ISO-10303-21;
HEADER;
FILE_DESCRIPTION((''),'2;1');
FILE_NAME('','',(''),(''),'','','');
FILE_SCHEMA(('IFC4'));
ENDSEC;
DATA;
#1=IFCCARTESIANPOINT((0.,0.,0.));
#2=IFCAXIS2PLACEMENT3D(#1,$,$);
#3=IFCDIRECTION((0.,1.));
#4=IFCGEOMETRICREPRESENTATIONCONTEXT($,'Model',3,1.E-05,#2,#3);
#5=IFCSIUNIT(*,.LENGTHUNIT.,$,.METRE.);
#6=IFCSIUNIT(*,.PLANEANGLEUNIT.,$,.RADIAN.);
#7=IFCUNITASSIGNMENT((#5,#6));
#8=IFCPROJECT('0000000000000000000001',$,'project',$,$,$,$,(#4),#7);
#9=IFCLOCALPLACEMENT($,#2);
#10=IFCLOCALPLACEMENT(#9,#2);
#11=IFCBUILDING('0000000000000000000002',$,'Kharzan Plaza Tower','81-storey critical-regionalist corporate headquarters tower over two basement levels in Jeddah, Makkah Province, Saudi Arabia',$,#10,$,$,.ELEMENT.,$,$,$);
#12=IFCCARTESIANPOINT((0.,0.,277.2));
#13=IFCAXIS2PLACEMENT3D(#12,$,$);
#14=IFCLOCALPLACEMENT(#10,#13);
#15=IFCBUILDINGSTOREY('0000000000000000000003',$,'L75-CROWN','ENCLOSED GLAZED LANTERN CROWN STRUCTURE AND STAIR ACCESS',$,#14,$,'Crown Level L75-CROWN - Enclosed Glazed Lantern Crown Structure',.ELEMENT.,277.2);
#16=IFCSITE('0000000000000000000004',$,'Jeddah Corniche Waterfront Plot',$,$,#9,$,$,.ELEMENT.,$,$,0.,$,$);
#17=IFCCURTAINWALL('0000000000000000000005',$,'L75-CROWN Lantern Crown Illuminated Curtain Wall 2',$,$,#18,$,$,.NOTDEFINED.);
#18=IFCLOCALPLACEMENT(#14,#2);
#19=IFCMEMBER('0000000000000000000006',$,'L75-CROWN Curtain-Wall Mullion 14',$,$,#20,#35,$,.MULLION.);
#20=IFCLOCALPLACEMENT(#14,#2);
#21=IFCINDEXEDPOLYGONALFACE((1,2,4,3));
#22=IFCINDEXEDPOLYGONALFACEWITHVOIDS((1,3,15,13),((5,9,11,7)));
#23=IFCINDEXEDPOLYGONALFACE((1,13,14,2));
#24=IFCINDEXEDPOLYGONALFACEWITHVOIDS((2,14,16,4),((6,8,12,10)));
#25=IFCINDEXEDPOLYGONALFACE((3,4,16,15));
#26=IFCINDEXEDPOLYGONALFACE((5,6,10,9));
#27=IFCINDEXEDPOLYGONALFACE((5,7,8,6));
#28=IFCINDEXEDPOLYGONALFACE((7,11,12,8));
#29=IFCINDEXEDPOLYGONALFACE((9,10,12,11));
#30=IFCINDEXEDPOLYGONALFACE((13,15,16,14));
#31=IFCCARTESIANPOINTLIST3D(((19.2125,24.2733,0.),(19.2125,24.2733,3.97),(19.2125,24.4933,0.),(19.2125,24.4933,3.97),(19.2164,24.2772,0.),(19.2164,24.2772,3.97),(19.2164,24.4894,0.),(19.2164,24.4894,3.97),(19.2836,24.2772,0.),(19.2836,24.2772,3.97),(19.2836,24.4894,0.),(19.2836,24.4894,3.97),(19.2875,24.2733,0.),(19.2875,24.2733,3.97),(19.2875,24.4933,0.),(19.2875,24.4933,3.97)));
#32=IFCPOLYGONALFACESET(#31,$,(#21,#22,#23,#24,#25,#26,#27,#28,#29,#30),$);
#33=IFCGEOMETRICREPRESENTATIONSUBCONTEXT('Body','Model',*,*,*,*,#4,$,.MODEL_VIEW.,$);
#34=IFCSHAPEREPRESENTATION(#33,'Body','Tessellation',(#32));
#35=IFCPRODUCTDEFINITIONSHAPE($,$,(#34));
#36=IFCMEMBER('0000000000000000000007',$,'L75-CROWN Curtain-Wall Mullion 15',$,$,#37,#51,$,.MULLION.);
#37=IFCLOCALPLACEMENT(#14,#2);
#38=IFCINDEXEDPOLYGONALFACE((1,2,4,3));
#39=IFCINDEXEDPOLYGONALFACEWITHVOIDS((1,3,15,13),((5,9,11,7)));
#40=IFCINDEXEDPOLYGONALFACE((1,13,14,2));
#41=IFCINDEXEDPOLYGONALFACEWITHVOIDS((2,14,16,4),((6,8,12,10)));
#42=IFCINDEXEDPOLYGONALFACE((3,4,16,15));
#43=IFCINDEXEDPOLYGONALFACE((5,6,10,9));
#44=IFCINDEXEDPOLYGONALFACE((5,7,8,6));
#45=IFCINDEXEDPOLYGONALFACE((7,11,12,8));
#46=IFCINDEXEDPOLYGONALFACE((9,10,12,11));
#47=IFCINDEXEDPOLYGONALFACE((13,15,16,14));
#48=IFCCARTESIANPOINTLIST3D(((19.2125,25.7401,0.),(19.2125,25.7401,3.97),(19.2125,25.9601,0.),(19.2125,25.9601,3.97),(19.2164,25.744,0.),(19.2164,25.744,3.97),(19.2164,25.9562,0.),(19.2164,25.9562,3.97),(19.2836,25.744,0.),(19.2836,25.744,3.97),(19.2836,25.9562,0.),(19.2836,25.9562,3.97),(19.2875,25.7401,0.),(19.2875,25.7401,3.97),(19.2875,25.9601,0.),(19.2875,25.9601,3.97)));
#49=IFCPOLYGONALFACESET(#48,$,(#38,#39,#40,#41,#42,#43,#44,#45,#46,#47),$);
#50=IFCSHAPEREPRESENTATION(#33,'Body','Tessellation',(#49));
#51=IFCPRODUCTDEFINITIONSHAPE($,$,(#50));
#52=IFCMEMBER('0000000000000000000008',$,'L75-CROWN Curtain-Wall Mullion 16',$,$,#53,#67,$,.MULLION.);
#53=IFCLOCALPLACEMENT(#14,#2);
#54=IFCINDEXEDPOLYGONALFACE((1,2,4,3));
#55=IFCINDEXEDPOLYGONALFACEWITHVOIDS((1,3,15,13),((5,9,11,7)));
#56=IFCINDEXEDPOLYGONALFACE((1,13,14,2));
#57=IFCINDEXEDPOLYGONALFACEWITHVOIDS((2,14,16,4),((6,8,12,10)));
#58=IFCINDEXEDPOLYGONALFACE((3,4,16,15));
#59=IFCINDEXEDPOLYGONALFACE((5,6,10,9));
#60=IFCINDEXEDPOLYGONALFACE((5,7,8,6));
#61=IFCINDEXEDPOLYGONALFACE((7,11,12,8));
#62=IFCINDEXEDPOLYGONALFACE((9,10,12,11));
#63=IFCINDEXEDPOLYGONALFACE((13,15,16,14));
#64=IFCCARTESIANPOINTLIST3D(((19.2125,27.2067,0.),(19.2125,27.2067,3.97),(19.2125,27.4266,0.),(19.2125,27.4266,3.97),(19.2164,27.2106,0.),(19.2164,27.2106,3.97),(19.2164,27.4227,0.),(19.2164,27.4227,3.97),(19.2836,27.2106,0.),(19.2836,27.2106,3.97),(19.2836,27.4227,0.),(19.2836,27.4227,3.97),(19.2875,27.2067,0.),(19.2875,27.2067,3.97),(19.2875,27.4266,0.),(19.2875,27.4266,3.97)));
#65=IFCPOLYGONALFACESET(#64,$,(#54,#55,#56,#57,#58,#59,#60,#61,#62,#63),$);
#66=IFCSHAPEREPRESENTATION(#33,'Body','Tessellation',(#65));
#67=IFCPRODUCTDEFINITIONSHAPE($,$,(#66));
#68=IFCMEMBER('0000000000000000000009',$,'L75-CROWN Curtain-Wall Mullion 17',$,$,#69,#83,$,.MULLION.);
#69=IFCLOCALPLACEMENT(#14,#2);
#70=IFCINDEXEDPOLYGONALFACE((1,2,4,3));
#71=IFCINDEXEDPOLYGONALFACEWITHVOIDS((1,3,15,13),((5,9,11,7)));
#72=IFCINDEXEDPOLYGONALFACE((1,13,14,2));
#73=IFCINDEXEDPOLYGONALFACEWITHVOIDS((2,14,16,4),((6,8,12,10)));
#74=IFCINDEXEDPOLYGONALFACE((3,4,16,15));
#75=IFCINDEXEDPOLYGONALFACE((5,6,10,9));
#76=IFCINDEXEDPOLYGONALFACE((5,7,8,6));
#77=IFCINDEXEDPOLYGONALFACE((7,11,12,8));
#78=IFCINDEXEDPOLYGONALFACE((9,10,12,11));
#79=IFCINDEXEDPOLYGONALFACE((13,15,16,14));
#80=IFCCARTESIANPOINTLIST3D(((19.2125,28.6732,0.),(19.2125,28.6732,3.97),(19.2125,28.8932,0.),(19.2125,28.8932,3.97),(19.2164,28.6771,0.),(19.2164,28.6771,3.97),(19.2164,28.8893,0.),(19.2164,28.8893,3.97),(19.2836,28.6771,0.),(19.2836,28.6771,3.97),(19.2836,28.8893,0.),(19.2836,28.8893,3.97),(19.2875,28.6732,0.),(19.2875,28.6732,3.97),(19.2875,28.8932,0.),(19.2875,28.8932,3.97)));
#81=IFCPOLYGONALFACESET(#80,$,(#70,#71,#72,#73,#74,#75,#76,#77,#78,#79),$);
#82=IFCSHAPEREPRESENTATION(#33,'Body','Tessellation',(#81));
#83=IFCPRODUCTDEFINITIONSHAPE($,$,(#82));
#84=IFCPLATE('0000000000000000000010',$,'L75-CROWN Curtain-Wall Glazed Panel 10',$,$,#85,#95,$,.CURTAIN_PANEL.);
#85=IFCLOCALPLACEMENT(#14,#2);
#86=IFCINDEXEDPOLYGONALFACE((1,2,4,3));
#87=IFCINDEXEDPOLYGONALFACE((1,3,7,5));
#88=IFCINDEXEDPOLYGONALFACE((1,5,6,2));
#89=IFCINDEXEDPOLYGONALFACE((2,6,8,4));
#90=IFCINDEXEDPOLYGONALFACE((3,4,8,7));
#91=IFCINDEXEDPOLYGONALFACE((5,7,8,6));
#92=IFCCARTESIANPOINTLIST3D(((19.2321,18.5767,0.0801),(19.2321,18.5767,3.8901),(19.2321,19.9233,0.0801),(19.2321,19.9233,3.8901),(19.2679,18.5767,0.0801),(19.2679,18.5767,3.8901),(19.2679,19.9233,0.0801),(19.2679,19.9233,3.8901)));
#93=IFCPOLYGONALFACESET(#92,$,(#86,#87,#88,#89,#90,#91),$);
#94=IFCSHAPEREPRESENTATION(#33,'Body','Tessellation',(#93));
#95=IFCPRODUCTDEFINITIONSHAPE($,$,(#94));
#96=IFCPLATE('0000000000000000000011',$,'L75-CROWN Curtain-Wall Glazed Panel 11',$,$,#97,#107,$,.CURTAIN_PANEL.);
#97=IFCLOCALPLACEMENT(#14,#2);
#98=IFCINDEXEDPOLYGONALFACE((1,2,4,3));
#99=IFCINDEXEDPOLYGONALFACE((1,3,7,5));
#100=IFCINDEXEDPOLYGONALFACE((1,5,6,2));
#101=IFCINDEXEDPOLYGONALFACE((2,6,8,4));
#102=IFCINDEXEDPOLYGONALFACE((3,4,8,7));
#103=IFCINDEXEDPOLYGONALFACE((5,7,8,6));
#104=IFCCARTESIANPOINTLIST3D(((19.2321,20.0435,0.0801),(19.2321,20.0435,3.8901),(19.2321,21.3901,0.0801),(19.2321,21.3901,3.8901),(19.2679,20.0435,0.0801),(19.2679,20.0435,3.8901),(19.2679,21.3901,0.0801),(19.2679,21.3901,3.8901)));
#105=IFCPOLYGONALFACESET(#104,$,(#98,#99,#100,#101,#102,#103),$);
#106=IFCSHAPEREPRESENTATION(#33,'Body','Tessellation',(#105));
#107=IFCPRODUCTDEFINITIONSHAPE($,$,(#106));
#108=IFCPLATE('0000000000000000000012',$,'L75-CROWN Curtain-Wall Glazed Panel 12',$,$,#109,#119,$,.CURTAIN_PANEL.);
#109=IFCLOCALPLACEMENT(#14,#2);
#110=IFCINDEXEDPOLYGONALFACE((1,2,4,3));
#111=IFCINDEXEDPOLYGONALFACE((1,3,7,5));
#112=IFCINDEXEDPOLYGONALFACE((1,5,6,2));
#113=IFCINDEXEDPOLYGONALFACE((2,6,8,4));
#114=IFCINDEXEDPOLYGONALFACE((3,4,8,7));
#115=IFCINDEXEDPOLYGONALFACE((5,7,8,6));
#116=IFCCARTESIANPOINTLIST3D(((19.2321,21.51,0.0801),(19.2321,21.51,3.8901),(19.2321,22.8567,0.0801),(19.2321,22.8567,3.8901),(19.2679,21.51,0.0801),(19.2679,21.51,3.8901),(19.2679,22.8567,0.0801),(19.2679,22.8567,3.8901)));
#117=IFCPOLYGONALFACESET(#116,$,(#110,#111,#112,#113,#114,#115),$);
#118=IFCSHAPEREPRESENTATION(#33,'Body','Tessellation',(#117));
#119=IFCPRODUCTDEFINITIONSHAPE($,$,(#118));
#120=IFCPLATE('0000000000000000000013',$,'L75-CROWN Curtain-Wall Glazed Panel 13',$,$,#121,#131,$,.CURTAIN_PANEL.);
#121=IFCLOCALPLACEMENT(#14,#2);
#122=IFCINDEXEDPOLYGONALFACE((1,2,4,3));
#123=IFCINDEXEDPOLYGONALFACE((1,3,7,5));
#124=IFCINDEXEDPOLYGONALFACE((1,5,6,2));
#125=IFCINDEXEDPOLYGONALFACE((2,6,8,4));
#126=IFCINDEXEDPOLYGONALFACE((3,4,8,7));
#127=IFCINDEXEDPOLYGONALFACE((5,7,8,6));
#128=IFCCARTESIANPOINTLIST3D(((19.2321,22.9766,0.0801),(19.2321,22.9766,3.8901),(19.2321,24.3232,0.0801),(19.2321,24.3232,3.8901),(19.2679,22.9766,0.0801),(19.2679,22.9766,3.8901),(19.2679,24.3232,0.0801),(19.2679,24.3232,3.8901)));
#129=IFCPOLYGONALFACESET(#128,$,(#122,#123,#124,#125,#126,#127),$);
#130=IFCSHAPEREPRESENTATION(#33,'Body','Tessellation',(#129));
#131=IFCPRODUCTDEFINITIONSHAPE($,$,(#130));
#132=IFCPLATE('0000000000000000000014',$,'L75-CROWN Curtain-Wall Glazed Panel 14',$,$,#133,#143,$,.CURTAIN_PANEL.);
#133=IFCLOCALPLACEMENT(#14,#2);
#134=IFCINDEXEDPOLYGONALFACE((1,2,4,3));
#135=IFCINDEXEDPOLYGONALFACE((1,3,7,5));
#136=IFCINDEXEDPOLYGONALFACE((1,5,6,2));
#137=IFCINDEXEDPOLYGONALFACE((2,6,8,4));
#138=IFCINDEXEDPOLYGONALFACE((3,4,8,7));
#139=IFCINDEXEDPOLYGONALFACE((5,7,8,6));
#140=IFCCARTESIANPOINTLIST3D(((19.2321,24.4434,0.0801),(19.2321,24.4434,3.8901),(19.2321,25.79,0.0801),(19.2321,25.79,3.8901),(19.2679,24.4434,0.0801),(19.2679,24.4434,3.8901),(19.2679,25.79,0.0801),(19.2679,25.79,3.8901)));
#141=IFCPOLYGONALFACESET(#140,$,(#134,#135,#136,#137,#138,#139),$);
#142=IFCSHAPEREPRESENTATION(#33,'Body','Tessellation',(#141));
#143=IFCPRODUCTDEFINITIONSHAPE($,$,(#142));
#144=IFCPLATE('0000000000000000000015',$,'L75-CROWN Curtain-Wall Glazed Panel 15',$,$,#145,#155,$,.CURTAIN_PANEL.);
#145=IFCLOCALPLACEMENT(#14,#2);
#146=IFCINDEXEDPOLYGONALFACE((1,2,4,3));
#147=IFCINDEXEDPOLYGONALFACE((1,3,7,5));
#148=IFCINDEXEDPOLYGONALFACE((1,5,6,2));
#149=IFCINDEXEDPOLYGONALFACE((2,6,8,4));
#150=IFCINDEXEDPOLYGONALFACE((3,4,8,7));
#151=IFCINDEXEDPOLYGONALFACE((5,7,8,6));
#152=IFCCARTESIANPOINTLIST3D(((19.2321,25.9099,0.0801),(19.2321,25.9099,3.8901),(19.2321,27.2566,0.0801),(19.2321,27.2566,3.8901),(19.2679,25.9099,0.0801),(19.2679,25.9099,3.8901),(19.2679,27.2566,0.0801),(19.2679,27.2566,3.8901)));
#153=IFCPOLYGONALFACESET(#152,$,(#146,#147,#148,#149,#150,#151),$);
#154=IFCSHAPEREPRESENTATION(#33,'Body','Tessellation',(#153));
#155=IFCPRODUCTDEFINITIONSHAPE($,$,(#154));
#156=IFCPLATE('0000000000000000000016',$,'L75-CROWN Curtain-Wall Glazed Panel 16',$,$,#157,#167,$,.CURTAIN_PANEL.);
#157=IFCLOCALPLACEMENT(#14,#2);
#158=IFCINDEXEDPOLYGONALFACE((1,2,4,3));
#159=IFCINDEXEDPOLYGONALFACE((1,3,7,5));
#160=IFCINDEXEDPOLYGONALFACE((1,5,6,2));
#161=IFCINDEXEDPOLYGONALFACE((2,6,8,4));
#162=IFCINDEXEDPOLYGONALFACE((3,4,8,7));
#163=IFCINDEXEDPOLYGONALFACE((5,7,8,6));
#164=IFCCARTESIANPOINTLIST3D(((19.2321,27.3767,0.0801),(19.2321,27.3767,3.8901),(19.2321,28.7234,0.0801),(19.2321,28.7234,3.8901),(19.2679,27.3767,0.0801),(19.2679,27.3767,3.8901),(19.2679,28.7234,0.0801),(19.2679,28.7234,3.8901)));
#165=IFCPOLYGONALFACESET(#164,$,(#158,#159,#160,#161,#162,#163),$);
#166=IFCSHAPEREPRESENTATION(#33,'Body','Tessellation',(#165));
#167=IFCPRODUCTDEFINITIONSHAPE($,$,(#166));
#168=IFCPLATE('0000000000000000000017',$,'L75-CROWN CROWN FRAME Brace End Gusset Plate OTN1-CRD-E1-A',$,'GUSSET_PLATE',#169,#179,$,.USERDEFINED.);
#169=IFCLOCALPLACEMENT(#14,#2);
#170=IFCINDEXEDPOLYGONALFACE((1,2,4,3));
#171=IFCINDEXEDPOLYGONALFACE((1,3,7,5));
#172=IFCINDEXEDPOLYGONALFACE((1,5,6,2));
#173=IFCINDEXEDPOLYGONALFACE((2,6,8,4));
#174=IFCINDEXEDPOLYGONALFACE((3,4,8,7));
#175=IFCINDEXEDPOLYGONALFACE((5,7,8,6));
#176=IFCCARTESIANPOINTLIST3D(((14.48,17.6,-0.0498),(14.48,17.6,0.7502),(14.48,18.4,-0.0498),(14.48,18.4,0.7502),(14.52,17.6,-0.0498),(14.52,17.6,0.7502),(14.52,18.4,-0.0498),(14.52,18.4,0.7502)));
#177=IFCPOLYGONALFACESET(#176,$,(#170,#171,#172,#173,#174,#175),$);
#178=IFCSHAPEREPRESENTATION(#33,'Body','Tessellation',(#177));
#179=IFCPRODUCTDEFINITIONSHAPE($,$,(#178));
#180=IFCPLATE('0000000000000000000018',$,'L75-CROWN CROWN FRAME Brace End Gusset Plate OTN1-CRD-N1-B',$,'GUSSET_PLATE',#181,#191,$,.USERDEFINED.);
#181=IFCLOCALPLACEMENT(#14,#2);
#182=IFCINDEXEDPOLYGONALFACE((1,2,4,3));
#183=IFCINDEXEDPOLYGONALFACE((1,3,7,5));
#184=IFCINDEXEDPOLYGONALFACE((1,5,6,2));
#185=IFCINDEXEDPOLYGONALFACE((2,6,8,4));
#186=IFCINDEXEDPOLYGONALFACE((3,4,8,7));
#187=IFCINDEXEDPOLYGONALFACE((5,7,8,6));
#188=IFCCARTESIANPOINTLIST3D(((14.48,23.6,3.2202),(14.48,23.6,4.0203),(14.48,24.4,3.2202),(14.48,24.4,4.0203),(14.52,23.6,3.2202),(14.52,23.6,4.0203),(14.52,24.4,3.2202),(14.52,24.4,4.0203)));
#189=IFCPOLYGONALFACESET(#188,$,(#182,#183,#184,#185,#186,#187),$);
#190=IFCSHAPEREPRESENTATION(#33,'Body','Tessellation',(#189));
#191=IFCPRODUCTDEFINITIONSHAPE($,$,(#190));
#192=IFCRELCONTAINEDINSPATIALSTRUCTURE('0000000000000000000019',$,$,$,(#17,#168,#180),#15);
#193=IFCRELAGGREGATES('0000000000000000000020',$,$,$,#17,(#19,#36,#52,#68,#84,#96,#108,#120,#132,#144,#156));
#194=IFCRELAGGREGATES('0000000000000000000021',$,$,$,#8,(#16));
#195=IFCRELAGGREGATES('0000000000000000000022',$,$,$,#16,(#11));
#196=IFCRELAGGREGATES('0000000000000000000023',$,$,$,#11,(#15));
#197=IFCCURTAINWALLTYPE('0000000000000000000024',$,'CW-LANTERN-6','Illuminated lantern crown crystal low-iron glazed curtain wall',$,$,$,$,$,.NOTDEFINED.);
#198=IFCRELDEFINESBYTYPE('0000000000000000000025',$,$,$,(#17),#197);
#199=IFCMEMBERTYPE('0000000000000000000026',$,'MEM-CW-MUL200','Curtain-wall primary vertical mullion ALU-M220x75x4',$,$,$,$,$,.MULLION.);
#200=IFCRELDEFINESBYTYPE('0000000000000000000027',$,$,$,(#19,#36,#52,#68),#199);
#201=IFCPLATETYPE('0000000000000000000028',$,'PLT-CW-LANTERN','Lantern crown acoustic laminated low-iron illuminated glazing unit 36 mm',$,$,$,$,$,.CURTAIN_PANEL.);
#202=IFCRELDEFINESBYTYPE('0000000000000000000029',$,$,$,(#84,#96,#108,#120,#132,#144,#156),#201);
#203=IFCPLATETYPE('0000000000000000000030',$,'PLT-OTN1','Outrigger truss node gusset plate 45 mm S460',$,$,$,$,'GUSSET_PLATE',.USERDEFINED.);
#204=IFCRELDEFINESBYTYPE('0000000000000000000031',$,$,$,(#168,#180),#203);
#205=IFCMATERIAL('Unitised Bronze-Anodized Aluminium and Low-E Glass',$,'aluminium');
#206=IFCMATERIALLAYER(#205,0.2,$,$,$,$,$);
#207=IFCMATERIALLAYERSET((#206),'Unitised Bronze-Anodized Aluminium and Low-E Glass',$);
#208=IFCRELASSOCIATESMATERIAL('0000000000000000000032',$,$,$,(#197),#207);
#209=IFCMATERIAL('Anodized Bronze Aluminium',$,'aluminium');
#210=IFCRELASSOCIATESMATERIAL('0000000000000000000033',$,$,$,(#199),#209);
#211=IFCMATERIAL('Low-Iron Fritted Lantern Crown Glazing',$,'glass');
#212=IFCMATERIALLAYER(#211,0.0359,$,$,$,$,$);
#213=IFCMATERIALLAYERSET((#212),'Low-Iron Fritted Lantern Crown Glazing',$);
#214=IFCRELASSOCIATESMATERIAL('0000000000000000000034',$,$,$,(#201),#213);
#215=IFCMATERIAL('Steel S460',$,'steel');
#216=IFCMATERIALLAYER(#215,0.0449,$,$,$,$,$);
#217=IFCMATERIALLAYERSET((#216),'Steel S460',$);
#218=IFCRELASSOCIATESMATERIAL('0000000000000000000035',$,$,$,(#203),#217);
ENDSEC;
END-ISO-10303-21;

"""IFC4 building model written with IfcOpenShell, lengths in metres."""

from ifc_helpers import new_model, si_unit, direction, frame, origin, origin_2d, place, context, subcontext, project, spatial, rectangle, hollow_rectangle, extrude, source, transform, mapped, material, layer, layer_set, material_profile, profile_set, type_object, element, aggregate, save


model = new_model("IFC4")

# Units and contexts
model_context = context("Model", 3, precision=1e-05, world=origin(), true_north=direction((0.0, 1.0)))
body_context = subcontext(model_context, "Body", "Model", "MODEL_VIEW")
ifc_project = project(units=[si_unit("LENGTHUNIT", "METRE"), si_unit("PLANEANGLEUNIT", "RADIAN")], contexts=[model_context])

# Site, building, storey
site_placement = place(None, origin())
site = spatial("IfcSite", under=ifc_project, at=site_placement, Name="Jeddah Corniche Waterfront Plot", CompositionType="ELEMENT", RefElevation=0.0)
building_placement = place(site_placement, origin())
building = spatial("IfcBuilding", under=site, at=building_placement, Name="Kharzan Plaza Tower", Description="81-storey critical-regionalist corporate headquarters tower over two basement levels in Jeddah, Makkah Province, Saudi Arabia", CompositionType="ELEMENT")
storey_placement = place(building_placement, frame((0.0, 0.0, 277.2)))
storey = spatial("IfcBuildingStorey", under=building, at=storey_placement, Name="L75-CROWN", Description="ENCLOSED GLAZED LANTERN CROWN STRUCTURE AND STAIR ACCESS", LongName="Crown Level L75-CROWN - Enclosed Glazed Lantern Crown Structure", CompositionType="ELEMENT", Elevation=277.2)

# Curtain wall, members, plates
ifc_material_1 = material(Name="Unitised Bronze-Anodized Aluminium and Low-E Glass", Category="aluminium")
ifc_layer_1 = layer(ifc_material_1, 0.2)
ifc_layer_set_1 = layer_set([ifc_layer_1], Name="Unitised Bronze-Anodized Aluminium and Low-E Glass")
curtain_wall_type = type_object("IfcCurtainWallType", Name="CW-LANTERN-6", Description="Illuminated lantern crown crystal low-iron glazed curtain wall", PredefinedType="NOTDEFINED", material=ifc_layer_set_1)
curtain_wall_placement = place(storey_placement, origin())
curtain_wall = element("IfcCurtainWall", 1, at=curtain_wall_placement, inside=storey, type_object=curtain_wall_type, Name="L75-CROWN Lantern Crown Illuminated Curtain Wall 2", PredefinedType="NOTDEFINED")
ifc_material_2 = material(Name="Anodized Bronze Aluminium", Category="aluminium")
ifc_material_profile_1 = material_profile(ifc_material_2, hollow_rectangle(XDim=0.075, YDim=0.22, WallThickness=0.0039, at=origin_2d()), Name="ALU-M220x75x4")
ifc_profile_set_1 = profile_set([ifc_material_profile_1], Name="Anodized Bronze Aluminium")
member_type_1 = type_object("IfcMemberType", Name="MEM-CW-MUL200", Description="Curtain-wall primary vertical mullion ALU-M220x75x4", PredefinedType="MULLION", material=ifc_profile_set_1)
shared_shape_1 = source(origin(), body_context, "Body", "SweptSolid", [
    extrude(hollow_rectangle(XDim=0.075, YDim=0.22, WallThickness=0.0039, at=origin_2d()), origin(), (0.0, 0.0, 1.0), 3.97),
])
member_1_placement = place(storey_placement, frame((19.25, 24.3833, 0.0), z_axis=(0.0, 0.0, 1.0), x_axis=(1.0, 0.0, 0.0)))
member_1 = element("IfcMember", 2, at=member_1_placement, type_object=member_type_1, Name="L75-CROWN Curtain-Wall Mullion 14", PredefinedType="MULLION", context=body_context, shape_type="MappedRepresentation", body=[
    mapped(shared_shape_1, transform((0.0, 0.0, 0.0), x_axis=(1.0, 0.0, 0.0), y_axis=(0.0, 1.0, 0.0), z_axis=(0.0, 0.0, 1.0))),
])
member_2_placement = place(storey_placement, frame((19.25, 25.8501, 0.0), z_axis=(0.0, 0.0, 1.0), x_axis=(1.0, 0.0, 0.0)))
member_2 = element("IfcMember", 3, at=member_2_placement, type_object=member_type_1, Name="L75-CROWN Curtain-Wall Mullion 15", PredefinedType="MULLION", context=body_context, shape_type="MappedRepresentation", body=[
    mapped(shared_shape_1, transform((0.0, 0.0, 0.0), x_axis=(1.0, 0.0, 0.0), y_axis=(0.0, 1.0, 0.0), z_axis=(0.0, 0.0, 1.0))),
])
member_3_placement = place(storey_placement, frame((19.25, 27.3167, 0.0), z_axis=(0.0, 0.0, 1.0), x_axis=(1.0, 0.0, 0.0)))
member_3 = element("IfcMember", 4, at=member_3_placement, type_object=member_type_1, Name="L75-CROWN Curtain-Wall Mullion 16", PredefinedType="MULLION", context=body_context, shape_type="MappedRepresentation", body=[
    mapped(shared_shape_1, transform((0.0, 0.0, 0.0), x_axis=(1.0, 0.0, 0.0), y_axis=(0.0, 1.0, 0.0), z_axis=(0.0, 0.0, 1.0))),
])
member_4_placement = place(storey_placement, frame((19.25, 28.7832, 0.0), z_axis=(0.0, 0.0, 1.0), x_axis=(1.0, 0.0, 0.0)))
member_4 = element("IfcMember", 5, at=member_4_placement, type_object=member_type_1, Name="L75-CROWN Curtain-Wall Mullion 17", PredefinedType="MULLION", context=body_context, shape_type="MappedRepresentation", body=[
    mapped(shared_shape_1, transform((0.0, 0.0, 0.0), x_axis=(1.0, 0.0, 0.0), y_axis=(0.0, 1.0, 0.0), z_axis=(0.0, 0.0, 1.0))),
])
ifc_material_3 = material(Name="Low-Iron Fritted Lantern Crown Glazing", Category="glass")
ifc_layer_2 = layer(ifc_material_3, 0.0359)
ifc_layer_set_2 = layer_set([ifc_layer_2], Name="Low-Iron Fritted Lantern Crown Glazing")
plate_type_1 = type_object("IfcPlateType", Name="PLT-CW-LANTERN", Description="Lantern crown acoustic laminated low-iron illuminated glazing unit 36 mm", PredefinedType="CURTAIN_PANEL", material=ifc_layer_set_2)
shared_shape_2 = source(origin(), body_context, "Body", "SweptSolid", [
    extrude(rectangle(XDim=1.3467, YDim=0.0359, at=origin_2d()), origin(), (0.0, 0.0, 1.0), 3.8101),
])
plate_1_placement = place(storey_placement, frame((19.25, 19.25, 0.0801), z_axis=(0.0, 0.0, 1.0), x_axis=(0.0, 1.0, 0.0)))
plate_1 = element("IfcPlate", 6, at=plate_1_placement, type_object=plate_type_1, Name="L75-CROWN Curtain-Wall Glazed Panel 10", PredefinedType="CURTAIN_PANEL", context=body_context, shape_type="MappedRepresentation", body=[
    mapped(shared_shape_2, transform((0.0, 0.0, 0.0), x_axis=(1.0, 0.0, 0.0), y_axis=(0.0, 1.0, 0.0), z_axis=(0.0, 0.0, 1.0))),
])
plate_2_placement = place(storey_placement, frame((19.25, 20.7168, 0.0801), z_axis=(0.0, 0.0, 1.0), x_axis=(0.0, 1.0, 0.0)))
plate_2 = element("IfcPlate", 7, at=plate_2_placement, type_object=plate_type_1, Name="L75-CROWN Curtain-Wall Glazed Panel 11", PredefinedType="CURTAIN_PANEL", context=body_context, shape_type="MappedRepresentation", body=[
    mapped(shared_shape_2, transform((0.0, 0.0, 0.0), x_axis=(1.0, 0.0, 0.0), y_axis=(0.0, 1.0, 0.0), z_axis=(0.0, 0.0, 1.0))),
])
plate_3_placement = place(storey_placement, frame((19.25, 22.1833, 0.0801), z_axis=(0.0, 0.0, 1.0), x_axis=(0.0, 1.0, 0.0)))
plate_3 = element("IfcPlate", 8, at=plate_3_placement, type_object=plate_type_1, Name="L75-CROWN Curtain-Wall Glazed Panel 12", PredefinedType="CURTAIN_PANEL", context=body_context, shape_type="MappedRepresentation", body=[
    mapped(shared_shape_2, transform((0.0, 0.0, 0.0), x_axis=(1.0, 0.0, 0.0), y_axis=(0.0, 1.0, 0.0), z_axis=(0.0, 0.0, 1.0))),
])
plate_4_placement = place(storey_placement, frame((19.25, 23.6499, 0.0801), z_axis=(0.0, 0.0, 1.0), x_axis=(0.0, 1.0, 0.0)))
plate_4 = element("IfcPlate", 9, at=plate_4_placement, type_object=plate_type_1, Name="L75-CROWN Curtain-Wall Glazed Panel 13", PredefinedType="CURTAIN_PANEL", context=body_context, shape_type="MappedRepresentation", body=[
    mapped(shared_shape_2, transform((0.0, 0.0, 0.0), x_axis=(1.0, 0.0, 0.0), y_axis=(0.0, 1.0, 0.0), z_axis=(0.0, 0.0, 1.0))),
])
plate_5_placement = place(storey_placement, frame((19.25, 25.1167, 0.0801), z_axis=(0.0, 0.0, 1.0), x_axis=(0.0, 1.0, 0.0)))
plate_5 = element("IfcPlate", 10, at=plate_5_placement, type_object=plate_type_1, Name="L75-CROWN Curtain-Wall Glazed Panel 14", PredefinedType="CURTAIN_PANEL", context=body_context, shape_type="MappedRepresentation", body=[
    mapped(shared_shape_2, transform((0.0, 0.0, 0.0), x_axis=(1.0, 0.0, 0.0), y_axis=(0.0, 1.0, 0.0), z_axis=(0.0, 0.0, 1.0))),
])
plate_6_placement = place(storey_placement, frame((19.25, 26.5833, 0.0801), z_axis=(0.0, 0.0, 1.0), x_axis=(0.0, 1.0, 0.0)))
plate_6 = element("IfcPlate", 11, at=plate_6_placement, type_object=plate_type_1, Name="L75-CROWN Curtain-Wall Glazed Panel 15", PredefinedType="CURTAIN_PANEL", context=body_context, shape_type="MappedRepresentation", body=[
    mapped(shared_shape_2, transform((0.0, 0.0, 0.0), x_axis=(1.0, 0.0, 0.0), y_axis=(0.0, 1.0, 0.0), z_axis=(0.0, 0.0, 1.0))),
])
plate_7_placement = place(storey_placement, frame((19.25, 28.05, 0.0801), z_axis=(0.0, 0.0, 1.0), x_axis=(0.0, 1.0, 0.0)))
plate_7 = element("IfcPlate", 12, at=plate_7_placement, type_object=plate_type_1, Name="L75-CROWN Curtain-Wall Glazed Panel 16", PredefinedType="CURTAIN_PANEL", context=body_context, shape_type="MappedRepresentation", body=[
    mapped(shared_shape_2, transform((0.0, 0.0, 0.0), x_axis=(1.0, 0.0, 0.0), y_axis=(0.0, 1.0, 0.0), z_axis=(0.0, 0.0, 1.0))),
])
aggregate(curtain_wall, [member_1, member_2, member_3, member_4, plate_1, plate_2, plate_3, plate_4, plate_5, plate_6, plate_7])

# Plates
ifc_material_4 = material(Name="Steel S460", Category="steel")
ifc_layer_3 = layer(ifc_material_4, 0.0449)
ifc_layer_set_3 = layer_set([ifc_layer_3], Name="Steel S460")
plate_type_2 = type_object("IfcPlateType", Name="PLT-OTN1", Description="Outrigger truss node gusset plate 45 mm S460", ElementType="GUSSET_PLATE", PredefinedType="USERDEFINED", material=ifc_layer_set_3)
shared_shape_3 = source(origin(), body_context, "Body", "SweptSolid", [
    extrude(rectangle(XDim=0.8, YDim=0.04, at=origin_2d()), origin(), (0.0, 0.0, 1.0), 0.8),
])
for number, where, z_axis, x_axis, name in (
    (13, (14.5, 18.0, -0.0498), (0.0, 0.0, 1.0), (0.0, 1.0, 0.0), "L75-CROWN CROWN FRAME Brace End Gusset Plate OTN1-CRD-E1-A"),
    (14, (14.5, 24.0, 3.2202), (0.0, 0.0, 1.0), (0.0, -1.0, 0.0), "L75-CROWN CROWN FRAME Brace End Gusset Plate OTN1-CRD-N1-B"),
):
    element("IfcPlate", number, at=place(storey_placement, frame(where, z_axis=z_axis, x_axis=x_axis)), inside=storey, type_object=plate_type_2, Name=name, ObjectType="GUSSET_PLATE", PredefinedType="USERDEFINED", context=body_context, shape_type="MappedRepresentation", body=[
        mapped(shared_shape_3, transform((0.0, 0.0, 0.0), x_axis=(1.0, 0.0, 0.0), y_axis=(0.0, 1.0, 0.0), z_axis=(0.0, 0.0, 1.0))),
    ])

save(model, "model.ifc")
